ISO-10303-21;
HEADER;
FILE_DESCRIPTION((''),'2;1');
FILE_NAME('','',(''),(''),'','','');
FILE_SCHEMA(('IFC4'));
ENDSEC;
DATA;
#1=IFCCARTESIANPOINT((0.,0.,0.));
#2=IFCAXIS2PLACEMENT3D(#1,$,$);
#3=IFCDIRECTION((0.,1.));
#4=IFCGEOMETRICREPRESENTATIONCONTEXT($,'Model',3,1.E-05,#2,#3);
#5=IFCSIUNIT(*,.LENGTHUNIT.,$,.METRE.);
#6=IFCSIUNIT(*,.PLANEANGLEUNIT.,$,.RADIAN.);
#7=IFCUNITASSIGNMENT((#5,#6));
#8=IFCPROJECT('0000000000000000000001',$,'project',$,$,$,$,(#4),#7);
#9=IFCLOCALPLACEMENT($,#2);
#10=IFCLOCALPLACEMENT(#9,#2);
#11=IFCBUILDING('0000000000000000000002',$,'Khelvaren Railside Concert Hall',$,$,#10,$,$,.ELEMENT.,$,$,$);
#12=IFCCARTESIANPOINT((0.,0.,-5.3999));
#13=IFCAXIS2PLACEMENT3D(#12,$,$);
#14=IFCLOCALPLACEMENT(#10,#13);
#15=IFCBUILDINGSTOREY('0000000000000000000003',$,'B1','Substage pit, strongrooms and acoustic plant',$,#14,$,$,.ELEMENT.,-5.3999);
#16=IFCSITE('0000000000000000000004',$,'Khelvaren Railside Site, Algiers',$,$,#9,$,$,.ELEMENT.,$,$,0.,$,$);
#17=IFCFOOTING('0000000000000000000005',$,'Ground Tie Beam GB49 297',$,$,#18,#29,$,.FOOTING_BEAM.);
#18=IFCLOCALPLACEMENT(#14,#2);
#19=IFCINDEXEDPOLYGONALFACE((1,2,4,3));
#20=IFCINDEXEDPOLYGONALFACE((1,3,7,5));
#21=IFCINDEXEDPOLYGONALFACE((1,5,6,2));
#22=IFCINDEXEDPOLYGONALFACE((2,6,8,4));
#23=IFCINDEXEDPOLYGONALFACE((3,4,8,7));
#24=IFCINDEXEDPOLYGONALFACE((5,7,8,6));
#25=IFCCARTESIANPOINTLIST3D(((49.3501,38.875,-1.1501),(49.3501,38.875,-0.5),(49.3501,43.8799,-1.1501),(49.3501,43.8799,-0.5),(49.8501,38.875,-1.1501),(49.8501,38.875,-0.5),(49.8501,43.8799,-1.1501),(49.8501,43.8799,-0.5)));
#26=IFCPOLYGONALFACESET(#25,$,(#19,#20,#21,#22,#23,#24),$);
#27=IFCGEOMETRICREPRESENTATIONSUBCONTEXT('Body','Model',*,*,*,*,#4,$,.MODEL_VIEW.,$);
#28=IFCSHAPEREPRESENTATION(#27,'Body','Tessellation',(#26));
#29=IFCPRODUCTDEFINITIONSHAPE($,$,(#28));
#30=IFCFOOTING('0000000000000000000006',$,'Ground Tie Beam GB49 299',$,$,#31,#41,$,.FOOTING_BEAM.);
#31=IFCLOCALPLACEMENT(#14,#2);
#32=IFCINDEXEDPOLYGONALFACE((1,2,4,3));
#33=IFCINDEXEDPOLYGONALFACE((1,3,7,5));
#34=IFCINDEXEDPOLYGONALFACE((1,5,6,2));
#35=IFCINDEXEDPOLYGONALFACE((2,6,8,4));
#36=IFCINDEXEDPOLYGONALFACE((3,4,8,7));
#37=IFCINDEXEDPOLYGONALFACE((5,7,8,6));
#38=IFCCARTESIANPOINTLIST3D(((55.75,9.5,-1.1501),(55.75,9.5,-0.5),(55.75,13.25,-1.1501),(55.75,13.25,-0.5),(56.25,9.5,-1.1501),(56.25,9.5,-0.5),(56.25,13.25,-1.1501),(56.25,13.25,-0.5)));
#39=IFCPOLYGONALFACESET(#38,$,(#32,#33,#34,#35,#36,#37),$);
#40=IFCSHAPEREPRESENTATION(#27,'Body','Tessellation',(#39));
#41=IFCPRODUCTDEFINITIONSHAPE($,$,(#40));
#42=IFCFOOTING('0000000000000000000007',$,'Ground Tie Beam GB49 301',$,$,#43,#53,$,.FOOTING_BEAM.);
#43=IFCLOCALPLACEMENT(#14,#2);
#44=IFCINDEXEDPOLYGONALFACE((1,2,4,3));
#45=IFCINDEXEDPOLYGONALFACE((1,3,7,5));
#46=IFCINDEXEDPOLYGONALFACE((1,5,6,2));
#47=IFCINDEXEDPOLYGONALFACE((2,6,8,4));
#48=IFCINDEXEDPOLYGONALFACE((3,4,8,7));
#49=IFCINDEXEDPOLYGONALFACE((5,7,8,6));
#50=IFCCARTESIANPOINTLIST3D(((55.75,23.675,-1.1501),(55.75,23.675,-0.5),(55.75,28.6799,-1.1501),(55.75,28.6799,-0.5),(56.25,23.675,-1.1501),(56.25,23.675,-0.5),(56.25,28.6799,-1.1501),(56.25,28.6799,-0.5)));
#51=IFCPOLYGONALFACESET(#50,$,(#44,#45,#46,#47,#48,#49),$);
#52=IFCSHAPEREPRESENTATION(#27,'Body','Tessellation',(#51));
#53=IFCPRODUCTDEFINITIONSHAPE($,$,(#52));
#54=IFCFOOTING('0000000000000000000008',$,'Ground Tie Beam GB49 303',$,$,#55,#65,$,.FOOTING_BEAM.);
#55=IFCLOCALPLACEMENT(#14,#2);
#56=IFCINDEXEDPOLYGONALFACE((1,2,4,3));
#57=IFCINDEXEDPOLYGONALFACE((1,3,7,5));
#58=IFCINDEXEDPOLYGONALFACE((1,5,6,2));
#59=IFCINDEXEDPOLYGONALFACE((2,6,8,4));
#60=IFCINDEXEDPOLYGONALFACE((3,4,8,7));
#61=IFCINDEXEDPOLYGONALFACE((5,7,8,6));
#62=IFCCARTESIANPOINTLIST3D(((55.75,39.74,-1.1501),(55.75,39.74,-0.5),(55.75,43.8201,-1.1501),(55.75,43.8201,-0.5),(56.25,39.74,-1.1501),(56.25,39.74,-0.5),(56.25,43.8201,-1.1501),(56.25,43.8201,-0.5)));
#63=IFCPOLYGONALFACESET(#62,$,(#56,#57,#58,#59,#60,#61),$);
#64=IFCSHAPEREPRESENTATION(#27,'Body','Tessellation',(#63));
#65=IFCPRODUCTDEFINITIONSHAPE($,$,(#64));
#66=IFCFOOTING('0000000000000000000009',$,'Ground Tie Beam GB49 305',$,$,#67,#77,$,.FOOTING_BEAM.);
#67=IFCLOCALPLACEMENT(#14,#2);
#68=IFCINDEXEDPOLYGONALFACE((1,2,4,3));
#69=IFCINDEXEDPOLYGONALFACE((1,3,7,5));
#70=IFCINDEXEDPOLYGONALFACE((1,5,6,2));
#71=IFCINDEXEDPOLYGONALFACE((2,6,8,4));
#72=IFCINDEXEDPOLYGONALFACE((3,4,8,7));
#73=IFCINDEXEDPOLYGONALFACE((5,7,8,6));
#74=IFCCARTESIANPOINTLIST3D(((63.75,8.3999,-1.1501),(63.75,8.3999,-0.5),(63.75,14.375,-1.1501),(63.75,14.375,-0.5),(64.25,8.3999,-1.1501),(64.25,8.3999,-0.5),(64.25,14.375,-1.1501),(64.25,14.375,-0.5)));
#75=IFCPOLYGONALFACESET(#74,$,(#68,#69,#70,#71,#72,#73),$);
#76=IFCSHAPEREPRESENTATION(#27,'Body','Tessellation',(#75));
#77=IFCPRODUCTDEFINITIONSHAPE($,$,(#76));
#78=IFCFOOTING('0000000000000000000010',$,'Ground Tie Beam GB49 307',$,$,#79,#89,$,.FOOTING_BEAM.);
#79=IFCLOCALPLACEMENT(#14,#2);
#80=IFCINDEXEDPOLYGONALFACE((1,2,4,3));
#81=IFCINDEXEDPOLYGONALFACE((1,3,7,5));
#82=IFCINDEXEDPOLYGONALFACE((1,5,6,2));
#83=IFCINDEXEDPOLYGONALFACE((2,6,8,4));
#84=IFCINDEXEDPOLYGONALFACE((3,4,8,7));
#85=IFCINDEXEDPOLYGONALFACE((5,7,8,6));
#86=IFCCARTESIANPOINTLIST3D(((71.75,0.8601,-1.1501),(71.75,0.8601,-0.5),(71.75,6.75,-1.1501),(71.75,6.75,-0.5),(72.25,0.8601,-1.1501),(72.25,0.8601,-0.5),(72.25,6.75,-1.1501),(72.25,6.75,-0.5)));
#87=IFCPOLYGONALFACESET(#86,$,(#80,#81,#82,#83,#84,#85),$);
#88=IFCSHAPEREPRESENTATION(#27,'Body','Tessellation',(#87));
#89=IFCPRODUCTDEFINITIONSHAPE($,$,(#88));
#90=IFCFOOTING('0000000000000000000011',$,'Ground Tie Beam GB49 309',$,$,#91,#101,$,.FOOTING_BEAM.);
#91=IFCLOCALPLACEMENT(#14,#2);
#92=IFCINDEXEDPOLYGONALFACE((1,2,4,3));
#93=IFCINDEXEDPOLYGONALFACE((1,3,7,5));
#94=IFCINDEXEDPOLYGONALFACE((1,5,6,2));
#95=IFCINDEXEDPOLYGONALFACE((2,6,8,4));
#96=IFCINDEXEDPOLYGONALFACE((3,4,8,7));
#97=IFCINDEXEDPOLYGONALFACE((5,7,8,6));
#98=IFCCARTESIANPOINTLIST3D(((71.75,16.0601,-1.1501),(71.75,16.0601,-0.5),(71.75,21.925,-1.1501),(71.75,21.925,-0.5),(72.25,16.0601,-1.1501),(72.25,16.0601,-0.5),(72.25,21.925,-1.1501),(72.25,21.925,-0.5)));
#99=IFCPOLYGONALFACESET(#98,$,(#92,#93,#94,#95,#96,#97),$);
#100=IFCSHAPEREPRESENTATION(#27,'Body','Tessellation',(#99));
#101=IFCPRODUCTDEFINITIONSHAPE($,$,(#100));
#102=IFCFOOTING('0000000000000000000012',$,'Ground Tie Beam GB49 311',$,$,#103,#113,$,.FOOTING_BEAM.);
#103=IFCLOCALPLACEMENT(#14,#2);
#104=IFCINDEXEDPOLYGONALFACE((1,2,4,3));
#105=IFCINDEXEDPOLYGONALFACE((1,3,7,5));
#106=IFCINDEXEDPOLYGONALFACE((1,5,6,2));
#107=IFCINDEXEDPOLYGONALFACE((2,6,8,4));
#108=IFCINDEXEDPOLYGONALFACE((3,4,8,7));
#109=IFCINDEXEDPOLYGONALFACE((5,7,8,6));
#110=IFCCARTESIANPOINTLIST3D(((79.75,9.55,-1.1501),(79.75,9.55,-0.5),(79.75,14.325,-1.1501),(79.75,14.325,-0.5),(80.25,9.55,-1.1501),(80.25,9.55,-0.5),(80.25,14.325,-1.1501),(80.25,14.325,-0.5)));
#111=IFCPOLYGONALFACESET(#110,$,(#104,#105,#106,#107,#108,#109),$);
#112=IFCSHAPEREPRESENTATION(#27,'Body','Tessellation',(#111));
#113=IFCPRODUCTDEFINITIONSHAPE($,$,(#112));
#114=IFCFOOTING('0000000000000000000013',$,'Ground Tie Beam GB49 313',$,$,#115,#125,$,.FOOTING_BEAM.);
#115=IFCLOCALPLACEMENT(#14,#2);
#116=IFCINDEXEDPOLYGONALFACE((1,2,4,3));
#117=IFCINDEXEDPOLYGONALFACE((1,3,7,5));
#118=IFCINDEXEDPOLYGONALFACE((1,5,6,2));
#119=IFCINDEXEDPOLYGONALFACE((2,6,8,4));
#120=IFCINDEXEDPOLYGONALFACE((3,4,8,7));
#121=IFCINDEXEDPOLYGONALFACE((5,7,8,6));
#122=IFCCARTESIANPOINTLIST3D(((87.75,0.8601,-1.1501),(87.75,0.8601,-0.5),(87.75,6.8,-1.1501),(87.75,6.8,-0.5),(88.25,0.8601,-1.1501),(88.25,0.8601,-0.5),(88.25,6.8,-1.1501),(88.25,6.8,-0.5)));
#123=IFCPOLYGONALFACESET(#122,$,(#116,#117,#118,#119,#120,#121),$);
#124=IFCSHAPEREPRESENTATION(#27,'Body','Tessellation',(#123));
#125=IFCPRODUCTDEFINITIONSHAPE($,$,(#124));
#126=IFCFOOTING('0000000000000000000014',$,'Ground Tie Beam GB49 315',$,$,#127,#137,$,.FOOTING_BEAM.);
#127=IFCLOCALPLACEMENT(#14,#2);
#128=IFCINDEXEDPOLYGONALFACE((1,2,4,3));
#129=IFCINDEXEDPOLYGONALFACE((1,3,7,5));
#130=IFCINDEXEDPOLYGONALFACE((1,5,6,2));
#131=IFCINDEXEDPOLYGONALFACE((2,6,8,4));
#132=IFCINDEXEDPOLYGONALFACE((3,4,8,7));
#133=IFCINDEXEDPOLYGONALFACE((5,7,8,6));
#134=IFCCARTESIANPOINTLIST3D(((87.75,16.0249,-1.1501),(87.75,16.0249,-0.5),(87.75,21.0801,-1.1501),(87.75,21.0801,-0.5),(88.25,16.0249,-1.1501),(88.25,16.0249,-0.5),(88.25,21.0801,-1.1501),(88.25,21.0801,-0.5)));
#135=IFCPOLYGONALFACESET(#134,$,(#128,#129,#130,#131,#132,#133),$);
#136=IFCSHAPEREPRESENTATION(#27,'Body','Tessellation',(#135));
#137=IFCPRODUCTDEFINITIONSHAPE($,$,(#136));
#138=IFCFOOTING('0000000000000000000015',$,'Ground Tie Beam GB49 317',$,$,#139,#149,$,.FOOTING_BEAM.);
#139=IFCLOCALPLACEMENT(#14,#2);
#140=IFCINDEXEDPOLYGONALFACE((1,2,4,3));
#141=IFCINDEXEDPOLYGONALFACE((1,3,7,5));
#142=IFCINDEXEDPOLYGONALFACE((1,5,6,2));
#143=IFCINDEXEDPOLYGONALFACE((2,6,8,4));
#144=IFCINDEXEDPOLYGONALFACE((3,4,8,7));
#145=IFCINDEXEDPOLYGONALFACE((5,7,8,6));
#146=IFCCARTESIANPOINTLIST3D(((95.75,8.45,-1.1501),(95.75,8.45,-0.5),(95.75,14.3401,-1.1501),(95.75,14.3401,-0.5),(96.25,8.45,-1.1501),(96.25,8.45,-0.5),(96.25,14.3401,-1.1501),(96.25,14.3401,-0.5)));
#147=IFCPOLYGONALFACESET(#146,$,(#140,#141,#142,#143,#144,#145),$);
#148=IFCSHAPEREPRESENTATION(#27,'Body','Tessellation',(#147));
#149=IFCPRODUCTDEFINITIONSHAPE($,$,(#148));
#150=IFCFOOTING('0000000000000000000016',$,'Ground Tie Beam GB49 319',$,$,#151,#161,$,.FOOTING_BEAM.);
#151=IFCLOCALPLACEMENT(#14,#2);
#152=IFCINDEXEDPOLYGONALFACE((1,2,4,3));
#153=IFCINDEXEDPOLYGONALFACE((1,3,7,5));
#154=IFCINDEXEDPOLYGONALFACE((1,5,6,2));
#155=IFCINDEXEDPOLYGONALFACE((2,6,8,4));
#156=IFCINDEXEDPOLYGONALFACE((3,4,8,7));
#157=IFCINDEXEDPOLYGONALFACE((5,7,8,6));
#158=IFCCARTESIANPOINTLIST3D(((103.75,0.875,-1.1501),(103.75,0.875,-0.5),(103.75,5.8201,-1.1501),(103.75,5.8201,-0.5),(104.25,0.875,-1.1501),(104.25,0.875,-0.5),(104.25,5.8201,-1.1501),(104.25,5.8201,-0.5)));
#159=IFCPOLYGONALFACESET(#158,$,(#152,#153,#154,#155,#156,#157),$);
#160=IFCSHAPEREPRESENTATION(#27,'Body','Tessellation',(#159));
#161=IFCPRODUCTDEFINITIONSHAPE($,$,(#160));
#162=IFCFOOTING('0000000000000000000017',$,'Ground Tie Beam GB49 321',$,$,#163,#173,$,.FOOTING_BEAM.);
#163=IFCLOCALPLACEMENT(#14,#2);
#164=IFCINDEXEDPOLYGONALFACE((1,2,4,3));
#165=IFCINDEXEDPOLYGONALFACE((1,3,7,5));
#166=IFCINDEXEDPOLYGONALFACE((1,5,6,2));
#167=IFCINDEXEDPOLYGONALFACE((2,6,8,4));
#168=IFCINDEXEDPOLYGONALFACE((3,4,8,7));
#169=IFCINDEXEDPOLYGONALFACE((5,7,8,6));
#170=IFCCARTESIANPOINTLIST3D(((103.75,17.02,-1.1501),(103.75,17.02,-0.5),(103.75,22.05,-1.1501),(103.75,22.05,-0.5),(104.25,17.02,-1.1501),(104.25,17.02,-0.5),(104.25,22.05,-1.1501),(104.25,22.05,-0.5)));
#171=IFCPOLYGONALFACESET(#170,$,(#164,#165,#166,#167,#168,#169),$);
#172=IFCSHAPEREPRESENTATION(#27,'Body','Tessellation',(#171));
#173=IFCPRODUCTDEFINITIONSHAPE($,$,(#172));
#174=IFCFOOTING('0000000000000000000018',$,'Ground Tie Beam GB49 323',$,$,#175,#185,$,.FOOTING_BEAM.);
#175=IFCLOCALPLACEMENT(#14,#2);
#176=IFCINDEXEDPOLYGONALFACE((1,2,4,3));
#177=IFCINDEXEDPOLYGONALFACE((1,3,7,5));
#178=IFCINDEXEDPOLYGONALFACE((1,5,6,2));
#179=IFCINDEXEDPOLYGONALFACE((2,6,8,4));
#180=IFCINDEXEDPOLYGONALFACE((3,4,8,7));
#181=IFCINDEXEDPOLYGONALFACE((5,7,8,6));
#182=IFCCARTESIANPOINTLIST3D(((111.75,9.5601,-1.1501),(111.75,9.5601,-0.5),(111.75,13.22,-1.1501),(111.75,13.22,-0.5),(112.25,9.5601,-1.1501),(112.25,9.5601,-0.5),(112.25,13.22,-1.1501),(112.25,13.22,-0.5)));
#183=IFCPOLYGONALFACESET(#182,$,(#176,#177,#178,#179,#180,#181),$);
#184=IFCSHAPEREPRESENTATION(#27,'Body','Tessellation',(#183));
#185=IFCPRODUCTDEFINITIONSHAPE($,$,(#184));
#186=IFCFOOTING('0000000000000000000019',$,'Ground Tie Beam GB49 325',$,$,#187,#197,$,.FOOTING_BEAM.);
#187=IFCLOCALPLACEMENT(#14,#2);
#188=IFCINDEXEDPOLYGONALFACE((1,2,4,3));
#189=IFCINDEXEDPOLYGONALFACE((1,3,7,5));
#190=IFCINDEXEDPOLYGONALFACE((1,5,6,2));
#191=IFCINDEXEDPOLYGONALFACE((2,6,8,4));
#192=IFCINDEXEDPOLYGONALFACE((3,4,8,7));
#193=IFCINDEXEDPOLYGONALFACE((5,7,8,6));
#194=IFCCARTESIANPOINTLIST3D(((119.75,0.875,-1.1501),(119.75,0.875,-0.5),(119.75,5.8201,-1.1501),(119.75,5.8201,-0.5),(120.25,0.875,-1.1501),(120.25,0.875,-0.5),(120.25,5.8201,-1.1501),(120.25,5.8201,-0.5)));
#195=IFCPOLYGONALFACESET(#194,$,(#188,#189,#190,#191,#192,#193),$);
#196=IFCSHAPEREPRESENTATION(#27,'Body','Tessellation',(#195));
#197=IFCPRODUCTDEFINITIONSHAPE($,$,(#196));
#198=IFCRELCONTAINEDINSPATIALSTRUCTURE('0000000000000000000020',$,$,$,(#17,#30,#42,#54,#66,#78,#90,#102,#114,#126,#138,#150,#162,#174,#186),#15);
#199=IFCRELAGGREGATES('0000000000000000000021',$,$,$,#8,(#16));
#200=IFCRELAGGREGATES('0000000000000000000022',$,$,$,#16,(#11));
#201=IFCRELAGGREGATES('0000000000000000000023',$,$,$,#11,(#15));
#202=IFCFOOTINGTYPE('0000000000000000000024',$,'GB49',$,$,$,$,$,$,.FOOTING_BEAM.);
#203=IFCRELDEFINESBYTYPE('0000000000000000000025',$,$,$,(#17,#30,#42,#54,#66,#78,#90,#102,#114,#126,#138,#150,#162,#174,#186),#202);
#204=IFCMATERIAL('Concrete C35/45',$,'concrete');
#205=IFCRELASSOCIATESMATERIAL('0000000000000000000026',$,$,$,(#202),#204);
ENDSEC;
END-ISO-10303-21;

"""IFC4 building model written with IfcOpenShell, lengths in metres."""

from ifc_helpers import new_model, si_unit, direction, frame, origin, place, context, subcontext, project, spatial, polyline, outline, extrude, material, type_object, element, save


model = new_model("IFC4")

# Units and contexts
model_context = context("Model", 3, precision=1e-05, world=origin(), true_north=direction((0.0, 1.0)))
body_context = subcontext(model_context, "Body", "Model", "MODEL_VIEW")
ifc_project = project(units=[si_unit("LENGTHUNIT", "METRE"), si_unit("PLANEANGLEUNIT", "RADIAN")], contexts=[model_context])

# Site, building, storey
site_placement = place(None, origin())
site = spatial("IfcSite", under=ifc_project, at=site_placement, Name="Khelvaren Railside Site, Algiers", CompositionType="ELEMENT", RefElevation=0.0)
building_placement = place(site_placement, origin())
building = spatial("IfcBuilding", under=site, at=building_placement, Name="Khelvaren Railside Concert Hall", CompositionType="ELEMENT")
storey_placement = place(building_placement, frame((0.0, 0.0, -5.3999)))
storey = spatial("IfcBuildingStorey", under=building, at=storey_placement, Name="B1", Description="Substage pit, strongrooms and acoustic plant", CompositionType="ELEMENT", Elevation=-5.3999)

# Footings
ifc_material = material(Name="Concrete C35/45", Category="concrete")
footing_type = type_object("IfcFootingType", Name="GB49", PredefinedType="FOOTING_BEAM", material=ifc_material)
footing_1_placement = place(storey_placement, frame((0.0, 0.0, -1.1501)))
element("IfcFooting", 1, at=footing_1_placement, inside=storey, type_object=footing_type, Name="Ground Tie Beam GB49 297", PredefinedType="FOOTING_BEAM", context=body_context, shape_type="SweptSolid", body=[
    extrude(outline(polyline([(49.3501, 38.875), (49.8501, 38.875), (49.8501, 43.8799), (49.3501, 43.8799), (49.3501, 38.875)])), origin(), (0.0, 0.0, 1.0), 0.6501),
])
footing_2_placement = place(storey_placement, frame((0.0, 0.0, -1.1501)))
element("IfcFooting", 2, at=footing_2_placement, inside=storey, type_object=footing_type, Name="Ground Tie Beam GB49 299", PredefinedType="FOOTING_BEAM", context=body_context, shape_type="SweptSolid", body=[
    extrude(outline(polyline([(55.75, 9.5), (56.25, 9.5), (56.25, 13.25), (55.75, 13.25), (55.75, 9.5)])), origin(), (0.0, 0.0, 1.0), 0.6501),
])
footing_3_placement = place(storey_placement, frame((0.0, 0.0, -1.1501)))
element("IfcFooting", 3, at=footing_3_placement, inside=storey, type_object=footing_type, Name="Ground Tie Beam GB49 301", PredefinedType="FOOTING_BEAM", context=body_context, shape_type="SweptSolid", body=[
    extrude(outline(polyline([(55.75, 23.675), (56.25, 23.675), (56.25, 28.6799), (55.75, 28.6799), (55.75, 23.675)])), origin(), (0.0, 0.0, 1.0), 0.6501),
])
footing_4_placement = place(storey_placement, frame((0.0, 0.0, -1.1501)))
element("IfcFooting", 4, at=footing_4_placement, inside=storey, type_object=footing_type, Name="Ground Tie Beam GB49 303", PredefinedType="FOOTING_BEAM", context=body_context, shape_type="SweptSolid", body=[
    extrude(outline(polyline([(55.75, 39.74), (56.25, 39.74), (56.25, 43.8201), (55.75, 43.8201), (55.75, 39.74)])), origin(), (0.0, 0.0, 1.0), 0.6501),
])
footing_5_placement = place(storey_placement, frame((0.0, 0.0, -1.1501)))
element("IfcFooting", 5, at=footing_5_placement, inside=storey, type_object=footing_type, Name="Ground Tie Beam GB49 305", PredefinedType="FOOTING_BEAM", context=body_context, shape_type="SweptSolid", body=[
    extrude(outline(polyline([(63.75, 8.3999), (64.25, 8.3999), (64.25, 14.375), (63.75, 14.375), (63.75, 8.3999)])), origin(), (0.0, 0.0, 1.0), 0.6501),
])
footing_6_placement = place(storey_placement, frame((0.0, 0.0, -1.1501)))
element("IfcFooting", 6, at=footing_6_placement, inside=storey, type_object=footing_type, Name="Ground Tie Beam GB49 307", PredefinedType="FOOTING_BEAM", context=body_context, shape_type="SweptSolid", body=[
    extrude(outline(polyline([(71.75, 0.8601), (72.25, 0.8601), (72.25, 6.75), (71.75, 6.75), (71.75, 0.8601)])), origin(), (0.0, 0.0, 1.0), 0.6501),
])
footing_7_placement = place(storey_placement, frame((0.0, 0.0, -1.1501)))
element("IfcFooting", 7, at=footing_7_placement, inside=storey, type_object=footing_type, Name="Ground Tie Beam GB49 309", PredefinedType="FOOTING_BEAM", context=body_context, shape_type="SweptSolid", body=[
    extrude(outline(polyline([(71.75, 16.0601), (72.25, 16.0601), (72.25, 21.925), (71.75, 21.925), (71.75, 16.0601)])), origin(), (0.0, 0.0, 1.0), 0.6501),
])
footing_8_placement = place(storey_placement, frame((0.0, 0.0, -1.1501)))
element("IfcFooting", 8, at=footing_8_placement, inside=storey, type_object=footing_type, Name="Ground Tie Beam GB49 311", PredefinedType="FOOTING_BEAM", context=body_context, shape_type="SweptSolid", body=[
    extrude(outline(polyline([(79.75, 9.55), (80.25, 9.55), (80.25, 14.325), (79.75, 14.325), (79.75, 9.55)])), origin(), (0.0, 0.0, 1.0), 0.6501),
])
footing_9_placement = place(storey_placement, frame((0.0, 0.0, -1.1501)))
element("IfcFooting", 9, at=footing_9_placement, inside=storey, type_object=footing_type, Name="Ground Tie Beam GB49 313", PredefinedType="FOOTING_BEAM", context=body_context, shape_type="SweptSolid", body=[
    extrude(outline(polyline([(87.75, 0.8601), (88.25, 0.8601), (88.25, 6.8), (87.75, 6.8), (87.75, 0.8601)])), origin(), (0.0, 0.0, 1.0), 0.6501),
])
footing_10_placement = place(storey_placement, frame((0.0, 0.0, -1.1501)))
element("IfcFooting", 10, at=footing_10_placement, inside=storey, type_object=footing_type, Name="Ground Tie Beam GB49 315", PredefinedType="FOOTING_BEAM", context=body_context, shape_type="SweptSolid", body=[
    extrude(outline(polyline([(87.75, 16.0249), (88.25, 16.0249), (88.25, 21.0801), (87.75, 21.0801), (87.75, 16.0249)])), origin(), (0.0, 0.0, 1.0), 0.6501),
])
footing_11_placement = place(storey_placement, frame((0.0, 0.0, -1.1501)))
element("IfcFooting", 11, at=footing_11_placement, inside=storey, type_object=footing_type, Name="Ground Tie Beam GB49 317", PredefinedType="FOOTING_BEAM", context=body_context, shape_type="SweptSolid", body=[
    extrude(outline(polyline([(95.75, 8.45), (96.25, 8.45), (96.25, 14.3401), (95.75, 14.3401), (95.75, 8.45)])), origin(), (0.0, 0.0, 1.0), 0.6501),
])
footing_12_placement = place(storey_placement, frame((0.0, 0.0, -1.1501)))
element("IfcFooting", 12, at=footing_12_placement, inside=storey, type_object=footing_type, Name="Ground Tie Beam GB49 319", PredefinedType="FOOTING_BEAM", context=body_context, shape_type="SweptSolid", body=[
    extrude(outline(polyline([(103.75, 0.875), (104.25, 0.875), (104.25, 5.8201), (103.75, 5.8201), (103.75, 0.875)])), origin(), (0.0, 0.0, 1.0), 0.6501),
])
footing_13_placement = place(storey_placement, frame((0.0, 0.0, -1.1501)))
element("IfcFooting", 13, at=footing_13_placement, inside=storey, type_object=footing_type, Name="Ground Tie Beam GB49 321", PredefinedType="FOOTING_BEAM", context=body_context, shape_type="SweptSolid", body=[
    extrude(outline(polyline([(103.75, 17.02), (104.25, 17.02), (104.25, 22.05), (103.75, 22.05), (103.75, 17.02)])), origin(), (0.0, 0.0, 1.0), 0.6501),
])
footing_14_placement = place(storey_placement, frame((0.0, 0.0, -1.1501)))
element("IfcFooting", 14, at=footing_14_placement, inside=storey, type_object=footing_type, Name="Ground Tie Beam GB49 323", PredefinedType="FOOTING_BEAM", context=body_context, shape_type="SweptSolid", body=[
    extrude(outline(polyline([(111.75, 9.5601), (112.25, 9.5601), (112.25, 13.22), (111.75, 13.22), (111.75, 9.5601)])), origin(), (0.0, 0.0, 1.0), 0.6501),
])
footing_15_placement = place(storey_placement, frame((0.0, 0.0, -1.1501)))
element("IfcFooting", 15, at=footing_15_placement, inside=storey, type_object=footing_type, Name="Ground Tie Beam GB49 325", PredefinedType="FOOTING_BEAM", context=body_context, shape_type="SweptSolid", body=[
    extrude(outline(polyline([(119.75, 0.875), (120.25, 0.875), (120.25, 5.8201), (119.75, 5.8201), (119.75, 0.875)])), origin(), (0.0, 0.0, 1.0), 0.6501),
])

save(model, "model.ifc")
